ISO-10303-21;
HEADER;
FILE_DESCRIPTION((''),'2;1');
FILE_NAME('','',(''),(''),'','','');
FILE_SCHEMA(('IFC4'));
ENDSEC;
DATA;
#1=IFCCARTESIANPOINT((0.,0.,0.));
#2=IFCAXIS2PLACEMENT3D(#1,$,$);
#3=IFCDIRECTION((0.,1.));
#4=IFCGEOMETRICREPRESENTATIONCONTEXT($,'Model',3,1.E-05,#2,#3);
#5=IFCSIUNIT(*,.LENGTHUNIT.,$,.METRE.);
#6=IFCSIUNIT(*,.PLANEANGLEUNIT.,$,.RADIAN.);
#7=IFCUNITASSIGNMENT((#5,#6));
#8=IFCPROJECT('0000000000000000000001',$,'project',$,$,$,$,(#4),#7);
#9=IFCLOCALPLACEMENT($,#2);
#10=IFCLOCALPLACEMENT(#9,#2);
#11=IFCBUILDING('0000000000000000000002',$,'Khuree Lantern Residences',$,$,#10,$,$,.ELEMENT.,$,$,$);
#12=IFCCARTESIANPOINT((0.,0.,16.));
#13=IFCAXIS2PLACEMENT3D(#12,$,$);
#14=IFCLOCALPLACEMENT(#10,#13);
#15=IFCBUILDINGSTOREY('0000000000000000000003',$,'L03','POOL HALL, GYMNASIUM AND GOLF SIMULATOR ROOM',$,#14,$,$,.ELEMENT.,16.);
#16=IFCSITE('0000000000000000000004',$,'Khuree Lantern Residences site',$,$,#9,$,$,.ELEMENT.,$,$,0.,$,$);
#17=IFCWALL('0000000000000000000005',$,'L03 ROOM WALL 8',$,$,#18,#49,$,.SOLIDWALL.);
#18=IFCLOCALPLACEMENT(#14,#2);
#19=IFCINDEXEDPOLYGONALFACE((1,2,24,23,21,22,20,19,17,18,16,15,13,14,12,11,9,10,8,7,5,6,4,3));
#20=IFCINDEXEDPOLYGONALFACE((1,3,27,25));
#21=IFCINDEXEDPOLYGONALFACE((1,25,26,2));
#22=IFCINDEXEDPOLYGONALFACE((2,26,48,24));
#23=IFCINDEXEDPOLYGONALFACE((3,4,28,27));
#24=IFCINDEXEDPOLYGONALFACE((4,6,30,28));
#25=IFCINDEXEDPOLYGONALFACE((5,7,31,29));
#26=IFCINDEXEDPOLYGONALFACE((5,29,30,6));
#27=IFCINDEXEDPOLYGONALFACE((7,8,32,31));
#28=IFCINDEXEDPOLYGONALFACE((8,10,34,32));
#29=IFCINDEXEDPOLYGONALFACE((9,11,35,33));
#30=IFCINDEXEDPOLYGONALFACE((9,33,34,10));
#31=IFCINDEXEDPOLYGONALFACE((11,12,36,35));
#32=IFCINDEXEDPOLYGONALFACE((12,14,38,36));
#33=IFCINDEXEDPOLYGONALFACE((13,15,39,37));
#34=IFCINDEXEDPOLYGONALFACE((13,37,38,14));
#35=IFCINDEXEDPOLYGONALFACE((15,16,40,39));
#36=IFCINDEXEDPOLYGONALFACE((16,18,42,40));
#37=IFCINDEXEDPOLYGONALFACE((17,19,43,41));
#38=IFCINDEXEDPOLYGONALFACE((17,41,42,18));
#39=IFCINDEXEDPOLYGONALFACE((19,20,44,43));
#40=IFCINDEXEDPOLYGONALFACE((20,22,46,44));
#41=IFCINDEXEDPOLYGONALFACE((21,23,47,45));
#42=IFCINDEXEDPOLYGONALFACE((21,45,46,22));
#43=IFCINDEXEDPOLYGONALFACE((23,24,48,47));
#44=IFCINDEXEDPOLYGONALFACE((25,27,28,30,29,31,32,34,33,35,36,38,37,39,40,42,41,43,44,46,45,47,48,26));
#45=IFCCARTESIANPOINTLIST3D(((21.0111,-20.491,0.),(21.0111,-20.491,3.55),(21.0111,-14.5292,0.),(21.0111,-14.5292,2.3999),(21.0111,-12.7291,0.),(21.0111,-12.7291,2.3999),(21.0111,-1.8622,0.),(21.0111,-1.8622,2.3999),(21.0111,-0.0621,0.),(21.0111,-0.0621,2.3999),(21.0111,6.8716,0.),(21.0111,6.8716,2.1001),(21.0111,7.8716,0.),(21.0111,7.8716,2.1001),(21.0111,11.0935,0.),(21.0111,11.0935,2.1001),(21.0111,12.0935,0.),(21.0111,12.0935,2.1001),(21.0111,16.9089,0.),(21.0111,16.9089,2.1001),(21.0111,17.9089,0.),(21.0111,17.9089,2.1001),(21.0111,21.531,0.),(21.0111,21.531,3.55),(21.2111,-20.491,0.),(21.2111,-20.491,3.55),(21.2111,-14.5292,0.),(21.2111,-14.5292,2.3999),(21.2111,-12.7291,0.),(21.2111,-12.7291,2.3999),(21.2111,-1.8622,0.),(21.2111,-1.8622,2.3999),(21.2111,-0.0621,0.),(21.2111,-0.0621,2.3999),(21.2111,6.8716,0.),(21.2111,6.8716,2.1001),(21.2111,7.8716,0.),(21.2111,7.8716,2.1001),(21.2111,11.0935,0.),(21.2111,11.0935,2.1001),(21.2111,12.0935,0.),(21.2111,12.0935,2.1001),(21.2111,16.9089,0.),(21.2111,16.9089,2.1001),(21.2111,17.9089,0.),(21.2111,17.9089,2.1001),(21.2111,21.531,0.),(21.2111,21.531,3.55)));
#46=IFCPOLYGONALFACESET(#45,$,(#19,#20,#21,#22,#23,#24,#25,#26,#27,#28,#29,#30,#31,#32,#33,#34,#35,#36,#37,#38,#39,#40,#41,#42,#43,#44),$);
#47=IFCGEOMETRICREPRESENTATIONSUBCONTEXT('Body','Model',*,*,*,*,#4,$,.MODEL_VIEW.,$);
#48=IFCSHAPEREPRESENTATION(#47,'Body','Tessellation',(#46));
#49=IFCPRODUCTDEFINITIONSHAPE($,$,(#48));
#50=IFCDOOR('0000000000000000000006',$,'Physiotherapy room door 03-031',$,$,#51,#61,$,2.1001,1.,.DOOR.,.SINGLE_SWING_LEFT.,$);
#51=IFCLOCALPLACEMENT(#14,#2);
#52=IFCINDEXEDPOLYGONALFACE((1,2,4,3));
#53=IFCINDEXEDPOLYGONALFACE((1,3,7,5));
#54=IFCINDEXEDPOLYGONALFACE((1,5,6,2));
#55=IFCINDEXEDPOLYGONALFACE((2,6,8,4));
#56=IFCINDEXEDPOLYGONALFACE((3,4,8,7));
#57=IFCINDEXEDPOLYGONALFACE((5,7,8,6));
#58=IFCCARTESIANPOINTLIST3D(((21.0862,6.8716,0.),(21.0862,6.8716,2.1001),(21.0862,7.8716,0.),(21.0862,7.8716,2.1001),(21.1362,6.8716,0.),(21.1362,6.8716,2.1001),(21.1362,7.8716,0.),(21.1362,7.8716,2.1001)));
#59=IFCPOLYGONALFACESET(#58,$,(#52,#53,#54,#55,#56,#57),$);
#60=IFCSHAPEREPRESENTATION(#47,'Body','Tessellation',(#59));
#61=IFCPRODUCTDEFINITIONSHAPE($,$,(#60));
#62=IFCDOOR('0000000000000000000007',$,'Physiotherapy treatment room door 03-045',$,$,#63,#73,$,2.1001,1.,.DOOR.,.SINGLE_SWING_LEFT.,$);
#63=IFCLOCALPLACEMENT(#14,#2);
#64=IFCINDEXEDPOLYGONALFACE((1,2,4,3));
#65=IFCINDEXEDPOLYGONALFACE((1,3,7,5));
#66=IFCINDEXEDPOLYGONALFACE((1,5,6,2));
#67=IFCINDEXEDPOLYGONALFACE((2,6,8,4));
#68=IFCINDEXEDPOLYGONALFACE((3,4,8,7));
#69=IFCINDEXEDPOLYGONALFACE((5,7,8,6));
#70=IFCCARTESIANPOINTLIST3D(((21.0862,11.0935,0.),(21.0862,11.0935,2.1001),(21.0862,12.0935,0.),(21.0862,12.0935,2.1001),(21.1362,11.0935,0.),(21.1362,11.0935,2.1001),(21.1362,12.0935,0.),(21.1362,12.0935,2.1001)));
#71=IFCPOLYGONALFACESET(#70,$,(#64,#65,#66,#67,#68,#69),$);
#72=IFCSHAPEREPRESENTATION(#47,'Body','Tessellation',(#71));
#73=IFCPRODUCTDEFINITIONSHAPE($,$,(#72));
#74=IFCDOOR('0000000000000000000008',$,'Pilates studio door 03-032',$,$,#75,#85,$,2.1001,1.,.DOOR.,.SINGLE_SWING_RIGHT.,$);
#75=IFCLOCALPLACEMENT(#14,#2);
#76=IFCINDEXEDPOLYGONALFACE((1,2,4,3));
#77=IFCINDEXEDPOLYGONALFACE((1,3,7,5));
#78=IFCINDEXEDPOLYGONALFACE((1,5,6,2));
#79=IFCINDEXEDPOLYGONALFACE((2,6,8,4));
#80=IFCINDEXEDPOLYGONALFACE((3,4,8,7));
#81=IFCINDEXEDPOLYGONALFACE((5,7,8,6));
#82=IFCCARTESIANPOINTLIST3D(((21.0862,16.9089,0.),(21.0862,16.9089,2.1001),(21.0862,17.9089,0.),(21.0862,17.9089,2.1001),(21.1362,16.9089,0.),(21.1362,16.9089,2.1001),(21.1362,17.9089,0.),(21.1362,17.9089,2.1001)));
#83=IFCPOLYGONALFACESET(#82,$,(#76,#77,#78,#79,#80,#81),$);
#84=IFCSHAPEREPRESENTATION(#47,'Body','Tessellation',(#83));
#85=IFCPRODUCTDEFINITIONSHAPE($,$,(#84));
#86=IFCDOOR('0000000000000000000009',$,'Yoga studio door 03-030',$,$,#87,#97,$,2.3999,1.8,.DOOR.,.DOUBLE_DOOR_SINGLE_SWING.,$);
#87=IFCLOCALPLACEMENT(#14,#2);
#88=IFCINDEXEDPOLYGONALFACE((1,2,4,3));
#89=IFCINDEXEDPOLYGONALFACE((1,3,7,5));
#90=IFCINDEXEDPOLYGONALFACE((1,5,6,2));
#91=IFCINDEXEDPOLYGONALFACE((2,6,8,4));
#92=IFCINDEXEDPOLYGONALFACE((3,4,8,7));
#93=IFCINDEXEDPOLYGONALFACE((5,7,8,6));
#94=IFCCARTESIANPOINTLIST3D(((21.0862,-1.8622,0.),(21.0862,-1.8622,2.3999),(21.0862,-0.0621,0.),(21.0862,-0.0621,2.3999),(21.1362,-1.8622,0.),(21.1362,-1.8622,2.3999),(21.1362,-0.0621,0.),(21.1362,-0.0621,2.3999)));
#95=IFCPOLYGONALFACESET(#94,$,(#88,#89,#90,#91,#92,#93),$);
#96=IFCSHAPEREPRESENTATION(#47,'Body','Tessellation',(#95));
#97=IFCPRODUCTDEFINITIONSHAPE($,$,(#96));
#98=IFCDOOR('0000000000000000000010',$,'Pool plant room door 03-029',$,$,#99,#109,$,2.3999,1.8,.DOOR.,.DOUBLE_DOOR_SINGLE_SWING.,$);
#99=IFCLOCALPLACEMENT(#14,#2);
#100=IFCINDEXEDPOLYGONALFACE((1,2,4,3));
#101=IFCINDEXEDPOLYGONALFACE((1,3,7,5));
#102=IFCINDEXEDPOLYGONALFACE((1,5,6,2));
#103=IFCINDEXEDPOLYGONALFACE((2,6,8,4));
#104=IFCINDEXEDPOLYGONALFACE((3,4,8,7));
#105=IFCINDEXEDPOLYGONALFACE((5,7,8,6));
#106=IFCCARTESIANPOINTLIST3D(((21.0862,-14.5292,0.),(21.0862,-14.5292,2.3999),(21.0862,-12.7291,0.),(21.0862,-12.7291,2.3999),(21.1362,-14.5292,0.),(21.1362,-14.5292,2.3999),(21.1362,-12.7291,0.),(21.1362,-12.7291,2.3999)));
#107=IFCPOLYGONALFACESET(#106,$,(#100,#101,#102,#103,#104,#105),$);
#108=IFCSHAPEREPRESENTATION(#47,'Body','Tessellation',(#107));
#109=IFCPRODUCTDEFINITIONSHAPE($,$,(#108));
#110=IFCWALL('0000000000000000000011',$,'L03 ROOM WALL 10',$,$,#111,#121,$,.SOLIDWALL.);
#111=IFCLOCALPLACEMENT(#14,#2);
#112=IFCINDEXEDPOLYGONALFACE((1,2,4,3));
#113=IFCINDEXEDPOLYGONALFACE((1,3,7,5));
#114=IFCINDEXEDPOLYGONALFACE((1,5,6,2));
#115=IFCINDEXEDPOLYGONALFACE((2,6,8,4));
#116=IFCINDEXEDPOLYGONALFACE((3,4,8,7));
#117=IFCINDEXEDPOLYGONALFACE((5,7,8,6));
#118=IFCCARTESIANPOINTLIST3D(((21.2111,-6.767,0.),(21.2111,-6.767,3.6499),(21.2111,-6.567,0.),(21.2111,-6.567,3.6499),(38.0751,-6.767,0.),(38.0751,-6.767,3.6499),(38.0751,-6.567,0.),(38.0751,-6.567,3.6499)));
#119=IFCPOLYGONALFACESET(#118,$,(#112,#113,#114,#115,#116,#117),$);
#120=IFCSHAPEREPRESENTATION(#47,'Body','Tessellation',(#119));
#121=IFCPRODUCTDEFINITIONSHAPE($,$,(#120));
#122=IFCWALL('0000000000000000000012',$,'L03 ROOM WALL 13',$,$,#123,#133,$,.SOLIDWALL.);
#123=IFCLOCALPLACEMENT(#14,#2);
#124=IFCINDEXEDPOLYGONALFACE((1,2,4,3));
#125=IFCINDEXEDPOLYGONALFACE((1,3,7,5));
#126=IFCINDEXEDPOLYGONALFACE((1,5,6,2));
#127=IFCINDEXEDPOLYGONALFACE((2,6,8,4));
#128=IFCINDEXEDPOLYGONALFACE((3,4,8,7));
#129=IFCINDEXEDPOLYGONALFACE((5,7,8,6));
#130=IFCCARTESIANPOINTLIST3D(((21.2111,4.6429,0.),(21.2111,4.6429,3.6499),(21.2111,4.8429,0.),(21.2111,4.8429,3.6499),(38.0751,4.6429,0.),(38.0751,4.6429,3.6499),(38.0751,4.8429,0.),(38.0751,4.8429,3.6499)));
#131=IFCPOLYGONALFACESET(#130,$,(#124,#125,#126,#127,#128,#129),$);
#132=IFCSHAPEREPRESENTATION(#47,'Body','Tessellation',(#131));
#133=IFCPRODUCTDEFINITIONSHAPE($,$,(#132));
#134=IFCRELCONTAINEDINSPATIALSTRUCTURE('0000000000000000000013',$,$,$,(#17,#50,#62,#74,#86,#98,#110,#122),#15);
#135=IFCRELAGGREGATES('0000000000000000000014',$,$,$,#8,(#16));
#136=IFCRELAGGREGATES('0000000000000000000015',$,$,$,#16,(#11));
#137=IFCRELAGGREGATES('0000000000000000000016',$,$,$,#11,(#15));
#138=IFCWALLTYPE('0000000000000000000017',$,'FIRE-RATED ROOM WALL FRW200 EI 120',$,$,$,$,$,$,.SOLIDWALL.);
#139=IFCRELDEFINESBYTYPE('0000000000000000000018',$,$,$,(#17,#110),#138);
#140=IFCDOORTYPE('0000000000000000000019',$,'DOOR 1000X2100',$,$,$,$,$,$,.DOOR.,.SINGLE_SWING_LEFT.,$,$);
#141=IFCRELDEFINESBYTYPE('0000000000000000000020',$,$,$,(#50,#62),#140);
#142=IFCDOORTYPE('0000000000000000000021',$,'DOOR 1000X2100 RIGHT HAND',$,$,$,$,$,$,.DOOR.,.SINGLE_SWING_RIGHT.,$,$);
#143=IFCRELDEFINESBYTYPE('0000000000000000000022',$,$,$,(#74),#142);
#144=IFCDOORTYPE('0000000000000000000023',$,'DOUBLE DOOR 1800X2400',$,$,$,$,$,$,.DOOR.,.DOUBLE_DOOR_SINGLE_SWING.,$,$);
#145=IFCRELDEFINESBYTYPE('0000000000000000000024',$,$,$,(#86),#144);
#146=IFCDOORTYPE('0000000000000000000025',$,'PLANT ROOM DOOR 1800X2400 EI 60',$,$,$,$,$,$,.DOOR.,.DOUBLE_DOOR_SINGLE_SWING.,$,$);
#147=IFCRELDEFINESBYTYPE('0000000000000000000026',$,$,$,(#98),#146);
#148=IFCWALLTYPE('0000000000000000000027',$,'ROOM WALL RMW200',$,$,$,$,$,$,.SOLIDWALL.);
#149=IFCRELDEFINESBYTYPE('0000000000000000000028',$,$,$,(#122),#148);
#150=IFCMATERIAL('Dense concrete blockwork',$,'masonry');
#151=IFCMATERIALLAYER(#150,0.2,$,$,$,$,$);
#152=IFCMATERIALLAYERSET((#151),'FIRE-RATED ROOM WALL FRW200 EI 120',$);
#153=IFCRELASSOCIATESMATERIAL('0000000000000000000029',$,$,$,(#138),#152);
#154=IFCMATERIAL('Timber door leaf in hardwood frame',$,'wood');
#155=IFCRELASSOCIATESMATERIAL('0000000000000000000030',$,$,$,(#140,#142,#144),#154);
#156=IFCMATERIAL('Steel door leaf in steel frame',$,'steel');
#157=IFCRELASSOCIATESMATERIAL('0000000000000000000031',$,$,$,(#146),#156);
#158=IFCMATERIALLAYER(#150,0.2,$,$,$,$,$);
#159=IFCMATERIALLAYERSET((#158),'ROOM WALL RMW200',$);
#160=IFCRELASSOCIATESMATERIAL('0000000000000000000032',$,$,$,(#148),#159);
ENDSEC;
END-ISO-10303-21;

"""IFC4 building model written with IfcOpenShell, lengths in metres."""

from ifc_helpers import new_model, si_unit, direction, frame, frame_2d, origin, place, context, subcontext, project, spatial, rectangle, extrude, material, layer, layer_set, type_object, element, fill, save


model = new_model("IFC4")

# Units and contexts
model_context = context("Model", 3, precision=1e-05, world=origin(), true_north=direction((0.0, 1.0)))
body_context = subcontext(model_context, "Body", "Model", "MODEL_VIEW")
ifc_project = project(units=[si_unit("LENGTHUNIT", "METRE"), si_unit("PLANEANGLEUNIT", "RADIAN")], contexts=[model_context])

# Site, building, storey
site_placement = place(None, origin())
site = spatial("IfcSite", under=ifc_project, at=site_placement, Name="Khuree Lantern Residences site", CompositionType="ELEMENT", RefElevation=0.0)
building_placement = place(site_placement, origin())
building = spatial("IfcBuilding", under=site, at=building_placement, Name="Khuree Lantern Residences", CompositionType="ELEMENT")
storey_placement = place(building_placement, frame((0.0, 0.0, 16.0)))
storey = spatial("IfcBuildingStorey", under=building, at=storey_placement, Name="L03", Description="POOL HALL, GYMNASIUM AND GOLF SIMULATOR ROOM", CompositionType="ELEMENT", Elevation=16.0)

# Shared definitions
ifc_material_1 = material(Name="Steel door leaf in steel frame", Category="steel")

# Shared definitions
ifc_material_2 = material(Name="Dense concrete blockwork", Category="masonry")
ifc_layer_1 = layer(ifc_material_2, 0.2)
ifc_layer_set_1 = layer_set([ifc_layer_1], Name="FIRE-RATED ROOM WALL FRW200 EI 120")
wall_type_1 = type_object("IfcWallType", Name="FIRE-RATED ROOM WALL FRW200 EI 120", PredefinedType="SOLIDWALL", material=ifc_layer_set_1)

# Wall, openings, doors
wall_1_placement = place(storey_placement, frame((21.1111, -20.491, 0.0), z_axis=(0.0, 0.0, 1.0), x_axis=(0.0, 1.0, 0.0)))
wall_1 = element("IfcWall", 1, at=wall_1_placement, inside=storey, type_object=wall_type_1, Name="L03 ROOM WALL 8", PredefinedType="SOLIDWALL", context=body_context, shape_type="SweptSolid", body=[
    extrude(rectangle(XDim=42.022, YDim=0.2, at=frame_2d((21.011, 0.0))), origin(), (0.0, 0.0, 1.0), 3.55),
])
opening_1_placement = place(wall_1_placement, frame((5.9619, 0.0, 0.0)))
opening_1 = element("IfcOpeningElement", 2, at=opening_1_placement, cuts=wall_1, PredefinedType="OPENING", context=body_context, shape_type="SweptSolid", body=[
    extrude(rectangle(XDim=1.8, YDim=2.3999, at=frame_2d((0.8999, 1.2))), frame((0.0, 0.1099, 0.0), z_axis=(0.0, -1.0, 0.0), x_axis=(1.0, 0.0, 0.0)), (0.0, 0.0, 1.0), 0.22),
])
opening_2_placement = place(wall_1_placement, frame((18.6289, 0.0, 0.0)))
opening_2 = element("IfcOpeningElement", 3, at=opening_2_placement, cuts=wall_1, PredefinedType="OPENING", context=body_context, shape_type="SweptSolid", body=[
    extrude(rectangle(XDim=1.8, YDim=2.3999, at=frame_2d((0.8999, 1.2))), frame((0.0, 0.1099, 0.0), z_axis=(0.0, -1.0, 0.0), x_axis=(1.0, 0.0, 0.0)), (0.0, 0.0, 1.0), 0.22),
])
opening_3_placement = place(wall_1_placement, frame((27.3625, 0.0, 0.0)))
opening_3 = element("IfcOpeningElement", 4, at=opening_3_placement, cuts=wall_1, PredefinedType="OPENING", context=body_context, shape_type="SweptSolid", body=[
    extrude(rectangle(XDim=1.0, YDim=2.1001, at=frame_2d((0.5, 1.05))), frame((0.0, 0.1099, 0.0), z_axis=(0.0, -1.0, 0.0), x_axis=(1.0, 0.0, 0.0)), (0.0, 0.0, 1.0), 0.22),
])
opening_4_placement = place(wall_1_placement, frame((37.3999, 0.0, 0.0)))
opening_4 = element("IfcOpeningElement", 5, at=opening_4_placement, cuts=wall_1, PredefinedType="OPENING", context=body_context, shape_type="SweptSolid", body=[
    extrude(rectangle(XDim=1.0, YDim=2.1001, at=frame_2d((0.5, 1.05))), frame((0.0, 0.1099, 0.0), z_axis=(0.0, -1.0, 0.0), x_axis=(1.0, 0.0, 0.0)), (0.0, 0.0, 1.0), 0.22),
])
opening_5_placement = place(wall_1_placement, frame((31.5845, 0.0, 0.0)))
opening_5 = element("IfcOpeningElement", 6, at=opening_5_placement, cuts=wall_1, PredefinedType="OPENING", context=body_context, shape_type="SweptSolid", body=[
    extrude(rectangle(XDim=1.0, YDim=2.1001, at=frame_2d((0.5, 1.05))), frame((0.0, 0.1099, 0.0), z_axis=(0.0, -1.0, 0.0), x_axis=(1.0, 0.0, 0.0)), (0.0, 0.0, 1.0), 0.22),
])
ifc_material_3 = material(Name="Timber door leaf in hardwood frame", Category="wood")
door_type_1 = type_object("IfcDoorType", Name="DOOR 1000X2100", OperationType="SINGLE_SWING_LEFT", PredefinedType="DOOR", material=ifc_material_3)
door_1_placement = place(opening_3_placement, origin())
door_1 = element("IfcDoor", 7, at=door_1_placement, inside=storey, type_object=door_type_1, Name="Physiotherapy room door 03-031", OperationType="SINGLE_SWING_LEFT", OverallHeight=2.1001, OverallWidth=1.0, PredefinedType="DOOR", context=body_context, shape_type="SweptSolid", body=[
    extrude(rectangle(XDim=1.0, YDim=2.1001, at=frame_2d((0.5, 1.05))), frame((0.0, 0.0249, 0.0), z_axis=(0.0, -1.0, 0.0), x_axis=(1.0, 0.0, 0.0)), (0.0, 0.0, 1.0), 0.05),
])
fill(opening_3, door_1)
door_2_placement = place(opening_5_placement, origin())
door_2 = element("IfcDoor", 8, at=door_2_placement, inside=storey, type_object=door_type_1, Name="Physiotherapy treatment room door 03-045", OperationType="SINGLE_SWING_LEFT", OverallHeight=2.1001, OverallWidth=1.0, PredefinedType="DOOR", context=body_context, shape_type="SweptSolid", body=[
    extrude(rectangle(XDim=1.0, YDim=2.1001, at=frame_2d((0.5, 1.05))), frame((0.0, 0.0249, 0.0), z_axis=(0.0, -1.0, 0.0), x_axis=(1.0, 0.0, 0.0)), (0.0, 0.0, 1.0), 0.05),
])
fill(opening_5, door_2)
door_type_2 = type_object("IfcDoorType", Name="DOOR 1000X2100 RIGHT HAND", OperationType="SINGLE_SWING_RIGHT", PredefinedType="DOOR", material=ifc_material_3)
door_3_placement = place(opening_4_placement, origin())
door_3 = element("IfcDoor", 9, at=door_3_placement, inside=storey, type_object=door_type_2, Name="Pilates studio door 03-032", OperationType="SINGLE_SWING_RIGHT", OverallHeight=2.1001, OverallWidth=1.0, PredefinedType="DOOR", context=body_context, shape_type="SweptSolid", body=[
    extrude(rectangle(XDim=1.0, YDim=2.1001, at=frame_2d((0.5, 1.05))), frame((0.0, 0.0249, 0.0), z_axis=(0.0, -1.0, 0.0), x_axis=(1.0, 0.0, 0.0)), (0.0, 0.0, 1.0), 0.05),
])
fill(opening_4, door_3)
door_type_3 = type_object("IfcDoorType", Name="DOUBLE DOOR 1800X2400", OperationType="DOUBLE_DOOR_SINGLE_SWING", PredefinedType="DOOR", material=ifc_material_3)
door_4_placement = place(opening_2_placement, origin())
door_4 = element("IfcDoor", 10, at=door_4_placement, inside=storey, type_object=door_type_3, Name="Yoga studio door 03-030", OperationType="DOUBLE_DOOR_SINGLE_SWING", OverallHeight=2.3999, OverallWidth=1.8, PredefinedType="DOOR", context=body_context, shape_type="SweptSolid", body=[
    extrude(rectangle(XDim=1.8, YDim=2.3999, at=frame_2d((0.8999, 1.2))), frame((0.0, 0.0249, 0.0), z_axis=(0.0, -1.0, 0.0), x_axis=(1.0, 0.0, 0.0)), (0.0, 0.0, 1.0), 0.05),
])
fill(opening_2, door_4)
door_type_4 = type_object("IfcDoorType", Name="PLANT ROOM DOOR 1800X2400 EI 60", OperationType="DOUBLE_DOOR_SINGLE_SWING", PredefinedType="DOOR", material=ifc_material_1)
door_5_placement = place(opening_1_placement, origin())
door_5 = element("IfcDoor", 11, at=door_5_placement, inside=storey, type_object=door_type_4, Name="Pool plant room door 03-029", OperationType="DOUBLE_DOOR_SINGLE_SWING", OverallHeight=2.3999, OverallWidth=1.8, PredefinedType="DOOR", context=body_context, shape_type="SweptSolid", body=[
    extrude(rectangle(XDim=1.8, YDim=2.3999, at=frame_2d((0.8999, 1.2))), frame((0.0, 0.0249, 0.0), z_axis=(0.0, -1.0, 0.0), x_axis=(1.0, 0.0, 0.0)), (0.0, 0.0, 1.0), 0.05),
])
fill(opening_1, door_5)

# Walls
wall_2_placement = place(storey_placement, frame((21.2109, -6.667, 0.0), z_axis=(0.0, 0.0, 1.0), x_axis=(1.0, 0.0, 0.0)))
element("IfcWall", 12, at=wall_2_placement, inside=storey, type_object=wall_type_1, Name="L03 ROOM WALL 10", PredefinedType="SOLIDWALL", context=body_context, shape_type="SweptSolid", body=[
    extrude(rectangle(XDim=16.864, YDim=0.2, at=frame_2d((8.4321, 0.0))), origin(), (0.0, 0.0, 1.0), 3.6499),
])
ifc_layer_2 = layer(ifc_material_2, 0.2)
ifc_layer_set_2 = layer_set([ifc_layer_2], Name="ROOM WALL RMW200")
wall_type_2 = type_object("IfcWallType", Name="ROOM WALL RMW200", PredefinedType="SOLIDWALL", material=ifc_layer_set_2)
wall_3_placement = place(storey_placement, frame((21.2109, 4.7429, 0.0), z_axis=(0.0, 0.0, 1.0), x_axis=(1.0, 0.0, 0.0)))
element("IfcWall", 13, at=wall_3_placement, inside=storey, type_object=wall_type_2, Name="L03 ROOM WALL 13", PredefinedType="SOLIDWALL", context=body_context, shape_type="SweptSolid", body=[
    extrude(rectangle(XDim=16.864, YDim=0.2, at=frame_2d((8.4321, 0.0))), origin(), (0.0, 0.0, 1.0), 3.6499),
])

save(model, "model.ifc")
